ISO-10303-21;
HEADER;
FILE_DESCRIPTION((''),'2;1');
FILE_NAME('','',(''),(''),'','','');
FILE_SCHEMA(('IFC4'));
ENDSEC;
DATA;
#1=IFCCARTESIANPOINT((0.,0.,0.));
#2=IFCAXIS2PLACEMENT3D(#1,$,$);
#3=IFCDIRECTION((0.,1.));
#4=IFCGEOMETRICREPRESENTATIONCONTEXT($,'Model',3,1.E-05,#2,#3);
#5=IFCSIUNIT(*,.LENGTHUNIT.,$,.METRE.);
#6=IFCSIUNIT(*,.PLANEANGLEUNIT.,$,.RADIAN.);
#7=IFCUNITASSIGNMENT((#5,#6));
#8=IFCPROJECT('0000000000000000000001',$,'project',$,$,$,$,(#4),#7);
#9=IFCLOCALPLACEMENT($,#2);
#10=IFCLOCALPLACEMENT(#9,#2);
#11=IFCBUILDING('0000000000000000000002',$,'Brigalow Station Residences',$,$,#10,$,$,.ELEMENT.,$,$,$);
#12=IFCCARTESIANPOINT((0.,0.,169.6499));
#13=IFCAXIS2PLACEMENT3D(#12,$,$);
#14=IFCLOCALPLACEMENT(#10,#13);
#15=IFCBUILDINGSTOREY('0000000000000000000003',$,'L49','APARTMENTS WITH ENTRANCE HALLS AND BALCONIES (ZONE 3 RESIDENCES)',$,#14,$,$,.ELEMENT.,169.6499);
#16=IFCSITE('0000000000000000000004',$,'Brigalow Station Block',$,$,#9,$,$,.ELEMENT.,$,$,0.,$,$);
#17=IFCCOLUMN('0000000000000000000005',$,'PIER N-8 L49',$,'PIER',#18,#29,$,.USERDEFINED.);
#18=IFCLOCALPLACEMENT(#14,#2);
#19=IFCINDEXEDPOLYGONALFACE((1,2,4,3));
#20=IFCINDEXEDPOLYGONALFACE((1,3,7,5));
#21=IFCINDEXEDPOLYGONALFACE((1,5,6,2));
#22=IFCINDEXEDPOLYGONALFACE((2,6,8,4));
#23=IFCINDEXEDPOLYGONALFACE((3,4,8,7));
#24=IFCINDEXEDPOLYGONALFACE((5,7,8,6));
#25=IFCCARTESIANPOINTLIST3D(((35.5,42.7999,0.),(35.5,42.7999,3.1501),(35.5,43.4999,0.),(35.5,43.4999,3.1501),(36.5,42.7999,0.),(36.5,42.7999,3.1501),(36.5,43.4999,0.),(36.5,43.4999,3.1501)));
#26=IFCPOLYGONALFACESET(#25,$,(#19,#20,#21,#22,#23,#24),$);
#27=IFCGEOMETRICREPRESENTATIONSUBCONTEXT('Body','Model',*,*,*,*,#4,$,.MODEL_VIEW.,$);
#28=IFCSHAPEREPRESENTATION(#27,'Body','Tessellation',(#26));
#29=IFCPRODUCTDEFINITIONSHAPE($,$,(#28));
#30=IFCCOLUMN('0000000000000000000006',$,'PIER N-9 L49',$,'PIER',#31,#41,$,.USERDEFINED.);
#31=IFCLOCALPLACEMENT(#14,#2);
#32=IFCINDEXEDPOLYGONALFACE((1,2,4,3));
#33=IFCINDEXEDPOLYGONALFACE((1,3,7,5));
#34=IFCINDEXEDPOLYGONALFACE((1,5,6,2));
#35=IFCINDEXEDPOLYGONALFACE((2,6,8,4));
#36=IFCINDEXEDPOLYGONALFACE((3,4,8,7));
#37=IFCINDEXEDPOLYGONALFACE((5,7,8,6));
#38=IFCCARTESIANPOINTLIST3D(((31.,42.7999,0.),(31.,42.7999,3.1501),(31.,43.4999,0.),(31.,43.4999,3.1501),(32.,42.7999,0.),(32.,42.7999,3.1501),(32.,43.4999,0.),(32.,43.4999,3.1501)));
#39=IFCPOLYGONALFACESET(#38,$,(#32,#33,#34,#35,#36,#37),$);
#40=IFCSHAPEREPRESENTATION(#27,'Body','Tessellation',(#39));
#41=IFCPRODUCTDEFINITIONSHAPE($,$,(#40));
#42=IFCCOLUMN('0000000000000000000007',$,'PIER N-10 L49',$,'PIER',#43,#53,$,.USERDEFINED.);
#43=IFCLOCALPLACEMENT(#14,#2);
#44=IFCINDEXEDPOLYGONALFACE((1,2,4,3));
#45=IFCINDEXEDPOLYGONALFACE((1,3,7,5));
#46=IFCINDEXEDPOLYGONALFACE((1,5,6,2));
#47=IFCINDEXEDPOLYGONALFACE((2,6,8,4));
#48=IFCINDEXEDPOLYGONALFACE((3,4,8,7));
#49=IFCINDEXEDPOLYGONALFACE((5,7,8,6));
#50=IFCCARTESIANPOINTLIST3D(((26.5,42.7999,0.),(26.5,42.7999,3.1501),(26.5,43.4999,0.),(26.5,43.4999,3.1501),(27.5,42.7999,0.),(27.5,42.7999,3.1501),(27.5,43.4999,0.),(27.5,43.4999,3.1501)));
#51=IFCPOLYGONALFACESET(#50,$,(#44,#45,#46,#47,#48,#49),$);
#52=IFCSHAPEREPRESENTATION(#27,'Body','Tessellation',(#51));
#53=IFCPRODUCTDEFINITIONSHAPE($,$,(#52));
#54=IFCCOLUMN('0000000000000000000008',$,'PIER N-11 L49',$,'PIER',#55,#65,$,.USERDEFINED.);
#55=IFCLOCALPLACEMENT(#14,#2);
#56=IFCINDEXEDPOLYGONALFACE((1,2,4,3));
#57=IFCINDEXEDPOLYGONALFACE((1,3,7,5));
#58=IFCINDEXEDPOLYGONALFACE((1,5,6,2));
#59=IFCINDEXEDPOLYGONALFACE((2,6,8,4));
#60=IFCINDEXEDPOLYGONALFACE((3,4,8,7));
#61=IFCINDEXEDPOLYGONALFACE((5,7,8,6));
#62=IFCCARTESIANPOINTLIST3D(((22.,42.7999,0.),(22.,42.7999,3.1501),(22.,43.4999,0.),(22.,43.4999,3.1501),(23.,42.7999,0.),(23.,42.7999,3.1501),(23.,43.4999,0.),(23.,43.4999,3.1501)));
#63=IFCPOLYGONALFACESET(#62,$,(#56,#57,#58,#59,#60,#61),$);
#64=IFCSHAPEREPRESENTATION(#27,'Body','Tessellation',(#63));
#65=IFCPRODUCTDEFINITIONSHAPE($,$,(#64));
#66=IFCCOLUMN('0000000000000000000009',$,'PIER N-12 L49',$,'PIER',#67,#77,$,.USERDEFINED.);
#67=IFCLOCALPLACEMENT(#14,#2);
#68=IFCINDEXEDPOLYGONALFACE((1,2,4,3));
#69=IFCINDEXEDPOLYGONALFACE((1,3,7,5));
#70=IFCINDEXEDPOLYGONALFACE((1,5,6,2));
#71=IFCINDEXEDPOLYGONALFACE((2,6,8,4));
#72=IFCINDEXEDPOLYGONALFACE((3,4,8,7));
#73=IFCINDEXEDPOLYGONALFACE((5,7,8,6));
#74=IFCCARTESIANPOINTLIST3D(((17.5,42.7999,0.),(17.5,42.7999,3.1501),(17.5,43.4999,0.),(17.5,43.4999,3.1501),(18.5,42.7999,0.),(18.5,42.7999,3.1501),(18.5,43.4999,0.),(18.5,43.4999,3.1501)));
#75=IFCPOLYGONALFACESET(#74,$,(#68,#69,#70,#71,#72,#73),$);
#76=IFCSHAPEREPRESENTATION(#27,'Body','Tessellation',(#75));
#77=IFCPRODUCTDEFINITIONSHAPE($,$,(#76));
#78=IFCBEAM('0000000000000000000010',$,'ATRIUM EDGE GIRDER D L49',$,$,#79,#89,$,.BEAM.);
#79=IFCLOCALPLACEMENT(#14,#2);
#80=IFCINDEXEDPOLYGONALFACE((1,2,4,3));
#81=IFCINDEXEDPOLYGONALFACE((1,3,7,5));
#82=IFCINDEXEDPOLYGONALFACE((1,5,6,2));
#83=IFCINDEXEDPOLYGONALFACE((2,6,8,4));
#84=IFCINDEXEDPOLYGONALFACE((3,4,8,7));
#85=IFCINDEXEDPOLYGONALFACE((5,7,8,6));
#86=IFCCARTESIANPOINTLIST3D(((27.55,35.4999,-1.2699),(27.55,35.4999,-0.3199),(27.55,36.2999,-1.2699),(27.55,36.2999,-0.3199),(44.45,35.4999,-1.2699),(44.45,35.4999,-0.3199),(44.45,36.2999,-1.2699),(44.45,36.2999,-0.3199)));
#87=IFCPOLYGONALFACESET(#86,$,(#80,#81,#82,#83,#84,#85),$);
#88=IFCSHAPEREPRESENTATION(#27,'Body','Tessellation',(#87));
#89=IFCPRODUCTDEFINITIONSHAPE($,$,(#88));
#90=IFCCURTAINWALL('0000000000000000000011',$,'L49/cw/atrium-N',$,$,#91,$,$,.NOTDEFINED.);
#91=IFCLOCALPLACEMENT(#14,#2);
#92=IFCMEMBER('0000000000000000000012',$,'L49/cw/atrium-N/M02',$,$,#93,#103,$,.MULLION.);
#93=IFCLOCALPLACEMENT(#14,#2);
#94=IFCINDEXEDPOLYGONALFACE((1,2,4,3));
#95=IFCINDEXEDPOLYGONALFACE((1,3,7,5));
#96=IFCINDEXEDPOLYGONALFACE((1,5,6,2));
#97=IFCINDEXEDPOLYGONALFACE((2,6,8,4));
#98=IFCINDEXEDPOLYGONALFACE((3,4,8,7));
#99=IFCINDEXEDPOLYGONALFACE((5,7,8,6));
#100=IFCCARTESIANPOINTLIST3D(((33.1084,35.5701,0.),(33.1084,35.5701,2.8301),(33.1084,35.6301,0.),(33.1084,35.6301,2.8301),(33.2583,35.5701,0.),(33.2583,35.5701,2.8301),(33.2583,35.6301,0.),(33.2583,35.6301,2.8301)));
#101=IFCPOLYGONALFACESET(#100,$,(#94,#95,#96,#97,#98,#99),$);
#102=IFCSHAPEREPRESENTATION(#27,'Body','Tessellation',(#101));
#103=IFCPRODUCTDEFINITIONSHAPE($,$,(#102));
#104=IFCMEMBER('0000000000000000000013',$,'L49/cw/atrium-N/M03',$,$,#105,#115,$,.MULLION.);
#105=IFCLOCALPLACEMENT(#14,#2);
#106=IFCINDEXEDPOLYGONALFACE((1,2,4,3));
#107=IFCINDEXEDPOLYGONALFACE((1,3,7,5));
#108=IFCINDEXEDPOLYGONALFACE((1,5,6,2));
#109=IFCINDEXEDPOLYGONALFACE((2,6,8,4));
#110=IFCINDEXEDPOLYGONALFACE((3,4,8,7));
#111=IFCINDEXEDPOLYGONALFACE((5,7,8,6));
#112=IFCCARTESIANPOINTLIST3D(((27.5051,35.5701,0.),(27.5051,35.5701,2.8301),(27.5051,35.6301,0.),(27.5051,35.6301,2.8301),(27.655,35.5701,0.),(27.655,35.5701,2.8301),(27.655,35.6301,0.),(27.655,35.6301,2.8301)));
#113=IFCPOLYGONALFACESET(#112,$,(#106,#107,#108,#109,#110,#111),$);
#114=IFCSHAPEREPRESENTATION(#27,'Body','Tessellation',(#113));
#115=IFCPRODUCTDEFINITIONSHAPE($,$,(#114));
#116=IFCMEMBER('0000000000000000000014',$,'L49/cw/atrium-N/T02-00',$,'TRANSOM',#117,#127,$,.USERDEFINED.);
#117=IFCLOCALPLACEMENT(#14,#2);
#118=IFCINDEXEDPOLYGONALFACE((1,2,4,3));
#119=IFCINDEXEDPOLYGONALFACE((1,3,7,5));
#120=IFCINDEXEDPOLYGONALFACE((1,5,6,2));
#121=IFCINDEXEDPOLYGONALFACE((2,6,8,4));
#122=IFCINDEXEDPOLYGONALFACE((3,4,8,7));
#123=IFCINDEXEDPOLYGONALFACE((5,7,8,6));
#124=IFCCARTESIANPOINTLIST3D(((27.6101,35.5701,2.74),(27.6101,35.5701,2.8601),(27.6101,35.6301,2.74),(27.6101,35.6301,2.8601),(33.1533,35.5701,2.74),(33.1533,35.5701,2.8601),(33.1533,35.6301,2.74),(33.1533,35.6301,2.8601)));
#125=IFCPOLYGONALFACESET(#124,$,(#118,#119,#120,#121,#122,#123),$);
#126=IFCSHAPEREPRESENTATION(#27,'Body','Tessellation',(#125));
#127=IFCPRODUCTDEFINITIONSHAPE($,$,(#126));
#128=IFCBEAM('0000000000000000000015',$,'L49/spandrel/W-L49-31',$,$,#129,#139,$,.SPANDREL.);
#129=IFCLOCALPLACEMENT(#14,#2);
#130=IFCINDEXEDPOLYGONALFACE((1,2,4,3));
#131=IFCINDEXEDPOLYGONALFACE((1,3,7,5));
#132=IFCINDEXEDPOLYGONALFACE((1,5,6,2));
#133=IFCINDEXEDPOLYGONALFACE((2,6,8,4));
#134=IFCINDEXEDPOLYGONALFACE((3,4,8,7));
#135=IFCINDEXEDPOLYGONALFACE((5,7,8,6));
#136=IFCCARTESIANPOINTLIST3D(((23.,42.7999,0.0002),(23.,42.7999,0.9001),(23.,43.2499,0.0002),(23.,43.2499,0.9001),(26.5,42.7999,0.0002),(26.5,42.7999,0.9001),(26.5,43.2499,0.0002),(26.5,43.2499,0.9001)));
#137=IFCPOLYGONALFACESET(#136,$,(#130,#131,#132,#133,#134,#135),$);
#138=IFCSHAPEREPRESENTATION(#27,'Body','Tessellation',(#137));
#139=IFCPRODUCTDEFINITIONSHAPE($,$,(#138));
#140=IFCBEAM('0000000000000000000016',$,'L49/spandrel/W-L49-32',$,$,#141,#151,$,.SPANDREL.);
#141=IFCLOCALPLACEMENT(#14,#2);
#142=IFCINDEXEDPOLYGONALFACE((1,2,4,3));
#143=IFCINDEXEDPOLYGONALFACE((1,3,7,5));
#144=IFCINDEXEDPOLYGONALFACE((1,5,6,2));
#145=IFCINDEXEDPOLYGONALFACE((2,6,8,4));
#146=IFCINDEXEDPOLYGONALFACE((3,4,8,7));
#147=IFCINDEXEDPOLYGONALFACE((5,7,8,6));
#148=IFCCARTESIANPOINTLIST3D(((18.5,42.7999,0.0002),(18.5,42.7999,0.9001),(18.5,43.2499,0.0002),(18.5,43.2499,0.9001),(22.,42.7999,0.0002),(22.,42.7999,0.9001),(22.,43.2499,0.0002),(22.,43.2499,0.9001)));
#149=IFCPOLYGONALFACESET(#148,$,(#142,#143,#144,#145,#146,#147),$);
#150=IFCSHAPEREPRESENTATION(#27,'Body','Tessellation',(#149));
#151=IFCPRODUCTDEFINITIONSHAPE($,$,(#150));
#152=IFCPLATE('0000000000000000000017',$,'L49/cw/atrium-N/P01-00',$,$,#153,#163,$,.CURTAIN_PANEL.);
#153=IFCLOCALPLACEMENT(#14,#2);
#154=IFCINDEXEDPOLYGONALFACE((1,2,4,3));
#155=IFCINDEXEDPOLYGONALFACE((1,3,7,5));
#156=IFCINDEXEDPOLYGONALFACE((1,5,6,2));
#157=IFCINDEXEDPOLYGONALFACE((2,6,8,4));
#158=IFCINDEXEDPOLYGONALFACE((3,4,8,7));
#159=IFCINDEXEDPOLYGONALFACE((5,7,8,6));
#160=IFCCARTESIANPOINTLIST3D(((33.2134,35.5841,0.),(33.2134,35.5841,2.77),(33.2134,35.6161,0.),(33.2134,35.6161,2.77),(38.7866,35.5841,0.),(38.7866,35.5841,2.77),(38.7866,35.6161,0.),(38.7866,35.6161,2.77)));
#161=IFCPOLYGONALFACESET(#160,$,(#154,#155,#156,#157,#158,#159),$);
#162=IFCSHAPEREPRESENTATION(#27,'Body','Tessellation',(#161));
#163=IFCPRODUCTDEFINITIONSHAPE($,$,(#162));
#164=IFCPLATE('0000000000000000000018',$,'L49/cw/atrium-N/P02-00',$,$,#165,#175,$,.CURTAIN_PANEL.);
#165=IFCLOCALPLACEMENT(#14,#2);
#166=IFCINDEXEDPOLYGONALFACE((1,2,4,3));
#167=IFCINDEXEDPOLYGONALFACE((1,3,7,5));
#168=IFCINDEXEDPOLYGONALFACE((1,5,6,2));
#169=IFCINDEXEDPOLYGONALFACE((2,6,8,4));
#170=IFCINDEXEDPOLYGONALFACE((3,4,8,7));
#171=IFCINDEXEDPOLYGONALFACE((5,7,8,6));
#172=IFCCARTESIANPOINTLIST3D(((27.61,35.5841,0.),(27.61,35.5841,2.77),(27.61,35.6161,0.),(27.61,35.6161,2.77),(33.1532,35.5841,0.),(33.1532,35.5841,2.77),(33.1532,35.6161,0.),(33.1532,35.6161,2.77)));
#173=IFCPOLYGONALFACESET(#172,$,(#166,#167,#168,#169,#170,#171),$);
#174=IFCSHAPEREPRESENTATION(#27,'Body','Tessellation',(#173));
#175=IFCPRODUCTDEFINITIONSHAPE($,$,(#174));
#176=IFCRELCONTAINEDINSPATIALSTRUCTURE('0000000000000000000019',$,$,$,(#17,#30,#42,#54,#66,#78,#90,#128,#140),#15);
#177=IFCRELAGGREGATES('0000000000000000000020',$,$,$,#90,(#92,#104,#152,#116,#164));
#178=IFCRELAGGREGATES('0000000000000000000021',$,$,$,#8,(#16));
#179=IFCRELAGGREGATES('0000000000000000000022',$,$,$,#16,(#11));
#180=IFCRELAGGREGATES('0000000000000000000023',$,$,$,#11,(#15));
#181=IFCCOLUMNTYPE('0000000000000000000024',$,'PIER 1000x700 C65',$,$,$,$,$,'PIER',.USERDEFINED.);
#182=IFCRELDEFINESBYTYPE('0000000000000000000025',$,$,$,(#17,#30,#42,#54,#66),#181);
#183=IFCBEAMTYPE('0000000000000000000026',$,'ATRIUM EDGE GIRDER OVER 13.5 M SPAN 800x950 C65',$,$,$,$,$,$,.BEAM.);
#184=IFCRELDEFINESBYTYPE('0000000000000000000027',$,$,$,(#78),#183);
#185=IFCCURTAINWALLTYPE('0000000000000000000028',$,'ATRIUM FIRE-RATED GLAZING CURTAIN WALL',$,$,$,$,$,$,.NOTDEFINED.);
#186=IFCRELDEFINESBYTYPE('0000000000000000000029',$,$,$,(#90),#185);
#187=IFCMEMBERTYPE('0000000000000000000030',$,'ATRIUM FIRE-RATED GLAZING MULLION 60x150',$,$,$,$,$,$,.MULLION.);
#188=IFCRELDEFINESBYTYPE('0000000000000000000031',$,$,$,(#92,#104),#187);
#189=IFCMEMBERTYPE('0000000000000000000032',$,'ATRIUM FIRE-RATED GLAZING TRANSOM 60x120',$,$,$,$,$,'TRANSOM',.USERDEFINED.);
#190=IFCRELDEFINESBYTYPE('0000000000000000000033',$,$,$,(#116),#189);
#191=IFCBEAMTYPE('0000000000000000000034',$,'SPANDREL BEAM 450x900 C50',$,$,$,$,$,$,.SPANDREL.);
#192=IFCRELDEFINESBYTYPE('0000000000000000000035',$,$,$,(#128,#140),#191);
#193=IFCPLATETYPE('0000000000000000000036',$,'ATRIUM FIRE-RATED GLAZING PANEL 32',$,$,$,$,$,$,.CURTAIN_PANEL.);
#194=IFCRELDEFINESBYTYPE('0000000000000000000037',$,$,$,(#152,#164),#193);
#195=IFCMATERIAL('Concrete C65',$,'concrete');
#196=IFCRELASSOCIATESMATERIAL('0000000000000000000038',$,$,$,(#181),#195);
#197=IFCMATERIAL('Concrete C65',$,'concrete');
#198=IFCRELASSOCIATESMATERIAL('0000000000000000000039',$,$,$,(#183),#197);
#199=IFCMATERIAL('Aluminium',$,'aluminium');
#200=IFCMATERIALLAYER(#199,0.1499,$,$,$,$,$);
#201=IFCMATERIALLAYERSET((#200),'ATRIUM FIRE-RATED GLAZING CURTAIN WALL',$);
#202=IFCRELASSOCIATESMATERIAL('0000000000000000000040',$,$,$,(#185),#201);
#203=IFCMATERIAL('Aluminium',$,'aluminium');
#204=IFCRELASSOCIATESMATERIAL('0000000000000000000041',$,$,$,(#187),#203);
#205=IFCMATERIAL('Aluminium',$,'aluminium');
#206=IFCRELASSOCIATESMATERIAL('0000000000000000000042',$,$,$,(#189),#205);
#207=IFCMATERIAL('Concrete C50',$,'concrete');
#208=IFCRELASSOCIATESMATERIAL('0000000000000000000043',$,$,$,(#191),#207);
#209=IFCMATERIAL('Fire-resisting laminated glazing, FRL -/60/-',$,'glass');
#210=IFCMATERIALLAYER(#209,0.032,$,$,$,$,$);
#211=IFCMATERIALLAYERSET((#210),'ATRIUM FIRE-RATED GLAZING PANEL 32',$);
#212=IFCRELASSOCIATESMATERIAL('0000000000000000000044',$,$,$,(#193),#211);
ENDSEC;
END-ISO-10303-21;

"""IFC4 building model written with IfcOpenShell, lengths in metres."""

from ifc_helpers import new_model, si_unit, direction, frame, origin, origin_2d, place, context, subcontext, project, spatial, rectangle, extrude, material, layer, layer_set, material_profile, profile_set, type_object, element, aggregate, save


model = new_model("IFC4")

# Units and contexts
model_context = context("Model", 3, precision=1e-05, world=origin(), true_north=direction((0.0, 1.0)))
body_context = subcontext(model_context, "Body", "Model", "MODEL_VIEW")
ifc_project = project(units=[si_unit("LENGTHUNIT", "METRE"), si_unit("PLANEANGLEUNIT", "RADIAN")], contexts=[model_context])

# Site, building, storey
site_placement = place(None, origin())
site = spatial("IfcSite", under=ifc_project, at=site_placement, Name="Brigalow Station Block", CompositionType="ELEMENT", RefElevation=0.0)
building_placement = place(site_placement, origin())
building = spatial("IfcBuilding", under=site, at=building_placement, Name="Brigalow Station Residences", CompositionType="ELEMENT")
storey_placement = place(building_placement, frame((0.0, 0.0, 169.6499)))
storey = spatial("IfcBuildingStorey", under=building, at=storey_placement, Name="L49", Description="APARTMENTS WITH ENTRANCE HALLS AND BALCONIES (ZONE 3 RESIDENCES)", CompositionType="ELEMENT", Elevation=169.6499)

# Columns
ifc_material_1 = material(Name="Concrete C65", Category="concrete")
ifc_material_profile_1 = material_profile(ifc_material_1, rectangle(XDim=1.0, YDim=0.7, at=origin_2d()), Name="RC1000x700")
ifc_profile_set_1 = profile_set([ifc_material_profile_1], Name="Concrete C65")
column_type = type_object("IfcColumnType", Name="PIER 1000x700 C65", ElementType="PIER", PredefinedType="USERDEFINED", material=ifc_profile_set_1)
for number, where, z_axis, x_axis, name in (
    (1, (36.0, 43.1499, 0.0), (0.0, 0.0, 1.0), (-1.0, 0.0, 0.0), "PIER N-8 L49"),
    (2, (31.5, 43.1499, 0.0), (0.0, 0.0, 1.0), (-1.0, 0.0, 0.0), "PIER N-9 L49"),
    (3, (27.0, 43.1499, 0.0), (0.0, 0.0, 1.0), (-1.0, 0.0, 0.0), "PIER N-10 L49"),
    (4, (22.5, 43.1499, 0.0), (0.0, 0.0, 1.0), (-1.0, 0.0, 0.0), "PIER N-11 L49"),
    (5, (18.0, 43.1499, 0.0), (0.0, 0.0, 1.0), (-1.0, 0.0, 0.0), "PIER N-12 L49"),
):
    element("IfcColumn", number, at=place(storey_placement, frame(where, z_axis=z_axis, x_axis=x_axis)), inside=storey, type_object=column_type, Name=name, ObjectType="PIER", PredefinedType="USERDEFINED", context=body_context, shape_type="SweptSolid", body=[
        extrude(rectangle(XDim=1.0, YDim=0.7, at=origin_2d()), origin(), (0.0, 0.0, 1.0), 3.1501),
    ])

# Beam
ifc_material_2 = material(Name="Concrete C65", Category="concrete")
ifc_material_profile_2 = material_profile(ifc_material_2, rectangle(XDim=0.8, YDim=0.95, at=origin_2d()), Name="RC800x950")
ifc_profile_set_2 = profile_set([ifc_material_profile_2], Name="Concrete C65")
beam_type_1 = type_object("IfcBeamType", Name="ATRIUM EDGE GIRDER OVER 13.5 M SPAN 800x950 C65", PredefinedType="BEAM", material=ifc_profile_set_2)
beam_placement = place(storey_placement, frame((27.55, 35.8999, -0.7949), z_axis=(1.0, 0.0, 0.0), x_axis=(0.0, 1.0, 0.0)))
element("IfcBeam", 6, at=beam_placement, inside=storey, type_object=beam_type_1, Name="ATRIUM EDGE GIRDER D L49", PredefinedType="BEAM", context=body_context, shape_type="SweptSolid", body=[
    extrude(rectangle(XDim=0.8, YDim=0.95, at=origin_2d()), origin(), (0.0, 0.0, 1.0), 16.8999),
])

# Curtain wall, members
ifc_material_3 = material(Name="Aluminium", Category="aluminium")
ifc_layer_1 = layer(ifc_material_3, 0.1499)
ifc_layer_set_1 = layer_set([ifc_layer_1], Name="ATRIUM FIRE-RATED GLAZING CURTAIN WALL")
curtain_wall_type = type_object("IfcCurtainWallType", Name="ATRIUM FIRE-RATED GLAZING CURTAIN WALL", PredefinedType="NOTDEFINED", material=ifc_layer_set_1)
curtain_wall_placement = place(storey_placement, origin())
curtain_wall = element("IfcCurtainWall", 7, at=curtain_wall_placement, inside=storey, type_object=curtain_wall_type, Name="L49/cw/atrium-N", PredefinedType="NOTDEFINED")
ifc_material_4 = material(Name="Aluminium", Category="aluminium")
ifc_material_profile_3 = material_profile(ifc_material_4, rectangle(XDim=0.0601, YDim=0.1499, at=origin_2d()), Name="ATRIUM FIRE-RATED GLAZING MULLION 60x150")
ifc_profile_set_3 = profile_set([ifc_material_profile_3], Name="Aluminium")
member_type_1 = type_object("IfcMemberType", Name="ATRIUM FIRE-RATED GLAZING MULLION 60x150", PredefinedType="MULLION", material=ifc_profile_set_3)
member_1_placement = place(storey_placement, frame((33.1833, 35.6001, 0.0), z_axis=(0.0, 0.0, 1.0), x_axis=(0.0, -1.0, 0.0)))
member_1 = element("IfcMember", 8, at=member_1_placement, type_object=member_type_1, Name="L49/cw/atrium-N/M02", PredefinedType="MULLION", context=body_context, shape_type="SweptSolid", body=[
    extrude(rectangle(XDim=0.0601, YDim=0.1499, at=origin_2d()), origin(), (0.0, 0.0, 1.0), 2.8301),
])
member_2_placement = place(storey_placement, frame((27.5801, 35.6001, 0.0), z_axis=(0.0, 0.0, 1.0), x_axis=(0.0, -1.0, 0.0)))
member_2 = element("IfcMember", 9, at=member_2_placement, type_object=member_type_1, Name="L49/cw/atrium-N/M03", PredefinedType="MULLION", context=body_context, shape_type="SweptSolid", body=[
    extrude(rectangle(XDim=0.0601, YDim=0.1499, at=origin_2d()), origin(), (0.0, 0.0, 1.0), 2.8301),
])
ifc_material_5 = material(Name="Aluminium", Category="aluminium")
ifc_material_profile_4 = material_profile(ifc_material_5, rectangle(XDim=0.0601, YDim=0.1201, at=origin_2d()), Name="ATRIUM FIRE-RATED GLAZING TRANSOM 60x120")
ifc_profile_set_4 = profile_set([ifc_material_profile_4], Name="Aluminium")
member_type_2 = type_object("IfcMemberType", Name="ATRIUM FIRE-RATED GLAZING TRANSOM 60x120", ElementType="TRANSOM", PredefinedType="USERDEFINED", material=ifc_profile_set_4)
member_3_placement = place(storey_placement, frame((33.1533, 35.6001, 2.8), z_axis=(-1.0, 0.0, 0.0), x_axis=(0.0, -1.0, 0.0)))
member_3 = element("IfcMember", 10, at=member_3_placement, type_object=member_type_2, Name="L49/cw/atrium-N/T02-00", ObjectType="TRANSOM", PredefinedType="USERDEFINED", context=body_context, shape_type="SweptSolid", body=[
    extrude(rectangle(XDim=0.0601, YDim=0.1201, at=origin_2d()), origin(), (0.0, 0.0, 1.0), 5.5432),
])

# Beams
ifc_material_6 = material(Name="Concrete C50", Category="concrete")
ifc_material_profile_5 = material_profile(ifc_material_6, rectangle(XDim=0.45, YDim=0.8999, at=origin_2d()), Name="RC450x900")
ifc_profile_set_5 = profile_set([ifc_material_profile_5], Name="Concrete C50")
beam_type_2 = type_object("IfcBeamType", Name="SPANDREL BEAM 450x900 C50", PredefinedType="SPANDREL", material=ifc_profile_set_5)
for number, where, z_axis, x_axis, name in (
    (11, (26.5, 43.0249, 0.4502), (-1.0, 0.0, 0.0), (0.0, -1.0, 0.0), "L49/spandrel/W-L49-31"),
    (12, (22.0, 43.0249, 0.4502), (-1.0, 0.0, 0.0), (0.0, -1.0, 0.0), "L49/spandrel/W-L49-32"),
):
    element("IfcBeam", number, at=place(storey_placement, frame(where, z_axis=z_axis, x_axis=x_axis)), inside=storey, type_object=beam_type_2, Name=name, PredefinedType="SPANDREL", context=body_context, shape_type="SweptSolid", body=[
        extrude(rectangle(XDim=0.45, YDim=0.8999, at=origin_2d()), origin(), (0.0, 0.0, 1.0), 3.5),
    ])

# Plates
ifc_material_7 = material(Name="Fire-resisting laminated glazing, FRL -/60/-", Category="glass")
ifc_layer_2 = layer(ifc_material_7, 0.032)
ifc_layer_set_2 = layer_set([ifc_layer_2], Name="ATRIUM FIRE-RATED GLAZING PANEL 32")
plate_type = type_object("IfcPlateType", Name="ATRIUM FIRE-RATED GLAZING PANEL 32", PredefinedType="CURTAIN_PANEL", material=ifc_layer_set_2)
plate_1_placement = place(storey_placement, frame((36.0, 35.6001, 0.0), z_axis=(0.0, 0.0, 1.0), x_axis=(-1.0, 0.0, 0.0)))
plate_1 = element("IfcPlate", 13, at=plate_1_placement, type_object=plate_type, Name="L49/cw/atrium-N/P01-00", PredefinedType="CURTAIN_PANEL", context=body_context, shape_type="SweptSolid", body=[
    extrude(rectangle(XDim=5.5732, YDim=0.032, at=origin_2d()), origin(), (0.0, 0.0, 1.0), 2.77),
])
plate_2_placement = place(storey_placement, frame((30.3816, 35.6001, 0.0), z_axis=(0.0, 0.0, 1.0), x_axis=(-1.0, 0.0, 0.0)))
plate_2 = element("IfcPlate", 14, at=plate_2_placement, type_object=plate_type, Name="L49/cw/atrium-N/P02-00", PredefinedType="CURTAIN_PANEL", context=body_context, shape_type="SweptSolid", body=[
    extrude(rectangle(XDim=5.5432, YDim=0.032, at=origin_2d()), origin(), (0.0, 0.0, 1.0), 2.77),
])
aggregate(curtain_wall, [member_1, member_2, plate_1, member_3, plate_2])

save(model, "model.ifc")
